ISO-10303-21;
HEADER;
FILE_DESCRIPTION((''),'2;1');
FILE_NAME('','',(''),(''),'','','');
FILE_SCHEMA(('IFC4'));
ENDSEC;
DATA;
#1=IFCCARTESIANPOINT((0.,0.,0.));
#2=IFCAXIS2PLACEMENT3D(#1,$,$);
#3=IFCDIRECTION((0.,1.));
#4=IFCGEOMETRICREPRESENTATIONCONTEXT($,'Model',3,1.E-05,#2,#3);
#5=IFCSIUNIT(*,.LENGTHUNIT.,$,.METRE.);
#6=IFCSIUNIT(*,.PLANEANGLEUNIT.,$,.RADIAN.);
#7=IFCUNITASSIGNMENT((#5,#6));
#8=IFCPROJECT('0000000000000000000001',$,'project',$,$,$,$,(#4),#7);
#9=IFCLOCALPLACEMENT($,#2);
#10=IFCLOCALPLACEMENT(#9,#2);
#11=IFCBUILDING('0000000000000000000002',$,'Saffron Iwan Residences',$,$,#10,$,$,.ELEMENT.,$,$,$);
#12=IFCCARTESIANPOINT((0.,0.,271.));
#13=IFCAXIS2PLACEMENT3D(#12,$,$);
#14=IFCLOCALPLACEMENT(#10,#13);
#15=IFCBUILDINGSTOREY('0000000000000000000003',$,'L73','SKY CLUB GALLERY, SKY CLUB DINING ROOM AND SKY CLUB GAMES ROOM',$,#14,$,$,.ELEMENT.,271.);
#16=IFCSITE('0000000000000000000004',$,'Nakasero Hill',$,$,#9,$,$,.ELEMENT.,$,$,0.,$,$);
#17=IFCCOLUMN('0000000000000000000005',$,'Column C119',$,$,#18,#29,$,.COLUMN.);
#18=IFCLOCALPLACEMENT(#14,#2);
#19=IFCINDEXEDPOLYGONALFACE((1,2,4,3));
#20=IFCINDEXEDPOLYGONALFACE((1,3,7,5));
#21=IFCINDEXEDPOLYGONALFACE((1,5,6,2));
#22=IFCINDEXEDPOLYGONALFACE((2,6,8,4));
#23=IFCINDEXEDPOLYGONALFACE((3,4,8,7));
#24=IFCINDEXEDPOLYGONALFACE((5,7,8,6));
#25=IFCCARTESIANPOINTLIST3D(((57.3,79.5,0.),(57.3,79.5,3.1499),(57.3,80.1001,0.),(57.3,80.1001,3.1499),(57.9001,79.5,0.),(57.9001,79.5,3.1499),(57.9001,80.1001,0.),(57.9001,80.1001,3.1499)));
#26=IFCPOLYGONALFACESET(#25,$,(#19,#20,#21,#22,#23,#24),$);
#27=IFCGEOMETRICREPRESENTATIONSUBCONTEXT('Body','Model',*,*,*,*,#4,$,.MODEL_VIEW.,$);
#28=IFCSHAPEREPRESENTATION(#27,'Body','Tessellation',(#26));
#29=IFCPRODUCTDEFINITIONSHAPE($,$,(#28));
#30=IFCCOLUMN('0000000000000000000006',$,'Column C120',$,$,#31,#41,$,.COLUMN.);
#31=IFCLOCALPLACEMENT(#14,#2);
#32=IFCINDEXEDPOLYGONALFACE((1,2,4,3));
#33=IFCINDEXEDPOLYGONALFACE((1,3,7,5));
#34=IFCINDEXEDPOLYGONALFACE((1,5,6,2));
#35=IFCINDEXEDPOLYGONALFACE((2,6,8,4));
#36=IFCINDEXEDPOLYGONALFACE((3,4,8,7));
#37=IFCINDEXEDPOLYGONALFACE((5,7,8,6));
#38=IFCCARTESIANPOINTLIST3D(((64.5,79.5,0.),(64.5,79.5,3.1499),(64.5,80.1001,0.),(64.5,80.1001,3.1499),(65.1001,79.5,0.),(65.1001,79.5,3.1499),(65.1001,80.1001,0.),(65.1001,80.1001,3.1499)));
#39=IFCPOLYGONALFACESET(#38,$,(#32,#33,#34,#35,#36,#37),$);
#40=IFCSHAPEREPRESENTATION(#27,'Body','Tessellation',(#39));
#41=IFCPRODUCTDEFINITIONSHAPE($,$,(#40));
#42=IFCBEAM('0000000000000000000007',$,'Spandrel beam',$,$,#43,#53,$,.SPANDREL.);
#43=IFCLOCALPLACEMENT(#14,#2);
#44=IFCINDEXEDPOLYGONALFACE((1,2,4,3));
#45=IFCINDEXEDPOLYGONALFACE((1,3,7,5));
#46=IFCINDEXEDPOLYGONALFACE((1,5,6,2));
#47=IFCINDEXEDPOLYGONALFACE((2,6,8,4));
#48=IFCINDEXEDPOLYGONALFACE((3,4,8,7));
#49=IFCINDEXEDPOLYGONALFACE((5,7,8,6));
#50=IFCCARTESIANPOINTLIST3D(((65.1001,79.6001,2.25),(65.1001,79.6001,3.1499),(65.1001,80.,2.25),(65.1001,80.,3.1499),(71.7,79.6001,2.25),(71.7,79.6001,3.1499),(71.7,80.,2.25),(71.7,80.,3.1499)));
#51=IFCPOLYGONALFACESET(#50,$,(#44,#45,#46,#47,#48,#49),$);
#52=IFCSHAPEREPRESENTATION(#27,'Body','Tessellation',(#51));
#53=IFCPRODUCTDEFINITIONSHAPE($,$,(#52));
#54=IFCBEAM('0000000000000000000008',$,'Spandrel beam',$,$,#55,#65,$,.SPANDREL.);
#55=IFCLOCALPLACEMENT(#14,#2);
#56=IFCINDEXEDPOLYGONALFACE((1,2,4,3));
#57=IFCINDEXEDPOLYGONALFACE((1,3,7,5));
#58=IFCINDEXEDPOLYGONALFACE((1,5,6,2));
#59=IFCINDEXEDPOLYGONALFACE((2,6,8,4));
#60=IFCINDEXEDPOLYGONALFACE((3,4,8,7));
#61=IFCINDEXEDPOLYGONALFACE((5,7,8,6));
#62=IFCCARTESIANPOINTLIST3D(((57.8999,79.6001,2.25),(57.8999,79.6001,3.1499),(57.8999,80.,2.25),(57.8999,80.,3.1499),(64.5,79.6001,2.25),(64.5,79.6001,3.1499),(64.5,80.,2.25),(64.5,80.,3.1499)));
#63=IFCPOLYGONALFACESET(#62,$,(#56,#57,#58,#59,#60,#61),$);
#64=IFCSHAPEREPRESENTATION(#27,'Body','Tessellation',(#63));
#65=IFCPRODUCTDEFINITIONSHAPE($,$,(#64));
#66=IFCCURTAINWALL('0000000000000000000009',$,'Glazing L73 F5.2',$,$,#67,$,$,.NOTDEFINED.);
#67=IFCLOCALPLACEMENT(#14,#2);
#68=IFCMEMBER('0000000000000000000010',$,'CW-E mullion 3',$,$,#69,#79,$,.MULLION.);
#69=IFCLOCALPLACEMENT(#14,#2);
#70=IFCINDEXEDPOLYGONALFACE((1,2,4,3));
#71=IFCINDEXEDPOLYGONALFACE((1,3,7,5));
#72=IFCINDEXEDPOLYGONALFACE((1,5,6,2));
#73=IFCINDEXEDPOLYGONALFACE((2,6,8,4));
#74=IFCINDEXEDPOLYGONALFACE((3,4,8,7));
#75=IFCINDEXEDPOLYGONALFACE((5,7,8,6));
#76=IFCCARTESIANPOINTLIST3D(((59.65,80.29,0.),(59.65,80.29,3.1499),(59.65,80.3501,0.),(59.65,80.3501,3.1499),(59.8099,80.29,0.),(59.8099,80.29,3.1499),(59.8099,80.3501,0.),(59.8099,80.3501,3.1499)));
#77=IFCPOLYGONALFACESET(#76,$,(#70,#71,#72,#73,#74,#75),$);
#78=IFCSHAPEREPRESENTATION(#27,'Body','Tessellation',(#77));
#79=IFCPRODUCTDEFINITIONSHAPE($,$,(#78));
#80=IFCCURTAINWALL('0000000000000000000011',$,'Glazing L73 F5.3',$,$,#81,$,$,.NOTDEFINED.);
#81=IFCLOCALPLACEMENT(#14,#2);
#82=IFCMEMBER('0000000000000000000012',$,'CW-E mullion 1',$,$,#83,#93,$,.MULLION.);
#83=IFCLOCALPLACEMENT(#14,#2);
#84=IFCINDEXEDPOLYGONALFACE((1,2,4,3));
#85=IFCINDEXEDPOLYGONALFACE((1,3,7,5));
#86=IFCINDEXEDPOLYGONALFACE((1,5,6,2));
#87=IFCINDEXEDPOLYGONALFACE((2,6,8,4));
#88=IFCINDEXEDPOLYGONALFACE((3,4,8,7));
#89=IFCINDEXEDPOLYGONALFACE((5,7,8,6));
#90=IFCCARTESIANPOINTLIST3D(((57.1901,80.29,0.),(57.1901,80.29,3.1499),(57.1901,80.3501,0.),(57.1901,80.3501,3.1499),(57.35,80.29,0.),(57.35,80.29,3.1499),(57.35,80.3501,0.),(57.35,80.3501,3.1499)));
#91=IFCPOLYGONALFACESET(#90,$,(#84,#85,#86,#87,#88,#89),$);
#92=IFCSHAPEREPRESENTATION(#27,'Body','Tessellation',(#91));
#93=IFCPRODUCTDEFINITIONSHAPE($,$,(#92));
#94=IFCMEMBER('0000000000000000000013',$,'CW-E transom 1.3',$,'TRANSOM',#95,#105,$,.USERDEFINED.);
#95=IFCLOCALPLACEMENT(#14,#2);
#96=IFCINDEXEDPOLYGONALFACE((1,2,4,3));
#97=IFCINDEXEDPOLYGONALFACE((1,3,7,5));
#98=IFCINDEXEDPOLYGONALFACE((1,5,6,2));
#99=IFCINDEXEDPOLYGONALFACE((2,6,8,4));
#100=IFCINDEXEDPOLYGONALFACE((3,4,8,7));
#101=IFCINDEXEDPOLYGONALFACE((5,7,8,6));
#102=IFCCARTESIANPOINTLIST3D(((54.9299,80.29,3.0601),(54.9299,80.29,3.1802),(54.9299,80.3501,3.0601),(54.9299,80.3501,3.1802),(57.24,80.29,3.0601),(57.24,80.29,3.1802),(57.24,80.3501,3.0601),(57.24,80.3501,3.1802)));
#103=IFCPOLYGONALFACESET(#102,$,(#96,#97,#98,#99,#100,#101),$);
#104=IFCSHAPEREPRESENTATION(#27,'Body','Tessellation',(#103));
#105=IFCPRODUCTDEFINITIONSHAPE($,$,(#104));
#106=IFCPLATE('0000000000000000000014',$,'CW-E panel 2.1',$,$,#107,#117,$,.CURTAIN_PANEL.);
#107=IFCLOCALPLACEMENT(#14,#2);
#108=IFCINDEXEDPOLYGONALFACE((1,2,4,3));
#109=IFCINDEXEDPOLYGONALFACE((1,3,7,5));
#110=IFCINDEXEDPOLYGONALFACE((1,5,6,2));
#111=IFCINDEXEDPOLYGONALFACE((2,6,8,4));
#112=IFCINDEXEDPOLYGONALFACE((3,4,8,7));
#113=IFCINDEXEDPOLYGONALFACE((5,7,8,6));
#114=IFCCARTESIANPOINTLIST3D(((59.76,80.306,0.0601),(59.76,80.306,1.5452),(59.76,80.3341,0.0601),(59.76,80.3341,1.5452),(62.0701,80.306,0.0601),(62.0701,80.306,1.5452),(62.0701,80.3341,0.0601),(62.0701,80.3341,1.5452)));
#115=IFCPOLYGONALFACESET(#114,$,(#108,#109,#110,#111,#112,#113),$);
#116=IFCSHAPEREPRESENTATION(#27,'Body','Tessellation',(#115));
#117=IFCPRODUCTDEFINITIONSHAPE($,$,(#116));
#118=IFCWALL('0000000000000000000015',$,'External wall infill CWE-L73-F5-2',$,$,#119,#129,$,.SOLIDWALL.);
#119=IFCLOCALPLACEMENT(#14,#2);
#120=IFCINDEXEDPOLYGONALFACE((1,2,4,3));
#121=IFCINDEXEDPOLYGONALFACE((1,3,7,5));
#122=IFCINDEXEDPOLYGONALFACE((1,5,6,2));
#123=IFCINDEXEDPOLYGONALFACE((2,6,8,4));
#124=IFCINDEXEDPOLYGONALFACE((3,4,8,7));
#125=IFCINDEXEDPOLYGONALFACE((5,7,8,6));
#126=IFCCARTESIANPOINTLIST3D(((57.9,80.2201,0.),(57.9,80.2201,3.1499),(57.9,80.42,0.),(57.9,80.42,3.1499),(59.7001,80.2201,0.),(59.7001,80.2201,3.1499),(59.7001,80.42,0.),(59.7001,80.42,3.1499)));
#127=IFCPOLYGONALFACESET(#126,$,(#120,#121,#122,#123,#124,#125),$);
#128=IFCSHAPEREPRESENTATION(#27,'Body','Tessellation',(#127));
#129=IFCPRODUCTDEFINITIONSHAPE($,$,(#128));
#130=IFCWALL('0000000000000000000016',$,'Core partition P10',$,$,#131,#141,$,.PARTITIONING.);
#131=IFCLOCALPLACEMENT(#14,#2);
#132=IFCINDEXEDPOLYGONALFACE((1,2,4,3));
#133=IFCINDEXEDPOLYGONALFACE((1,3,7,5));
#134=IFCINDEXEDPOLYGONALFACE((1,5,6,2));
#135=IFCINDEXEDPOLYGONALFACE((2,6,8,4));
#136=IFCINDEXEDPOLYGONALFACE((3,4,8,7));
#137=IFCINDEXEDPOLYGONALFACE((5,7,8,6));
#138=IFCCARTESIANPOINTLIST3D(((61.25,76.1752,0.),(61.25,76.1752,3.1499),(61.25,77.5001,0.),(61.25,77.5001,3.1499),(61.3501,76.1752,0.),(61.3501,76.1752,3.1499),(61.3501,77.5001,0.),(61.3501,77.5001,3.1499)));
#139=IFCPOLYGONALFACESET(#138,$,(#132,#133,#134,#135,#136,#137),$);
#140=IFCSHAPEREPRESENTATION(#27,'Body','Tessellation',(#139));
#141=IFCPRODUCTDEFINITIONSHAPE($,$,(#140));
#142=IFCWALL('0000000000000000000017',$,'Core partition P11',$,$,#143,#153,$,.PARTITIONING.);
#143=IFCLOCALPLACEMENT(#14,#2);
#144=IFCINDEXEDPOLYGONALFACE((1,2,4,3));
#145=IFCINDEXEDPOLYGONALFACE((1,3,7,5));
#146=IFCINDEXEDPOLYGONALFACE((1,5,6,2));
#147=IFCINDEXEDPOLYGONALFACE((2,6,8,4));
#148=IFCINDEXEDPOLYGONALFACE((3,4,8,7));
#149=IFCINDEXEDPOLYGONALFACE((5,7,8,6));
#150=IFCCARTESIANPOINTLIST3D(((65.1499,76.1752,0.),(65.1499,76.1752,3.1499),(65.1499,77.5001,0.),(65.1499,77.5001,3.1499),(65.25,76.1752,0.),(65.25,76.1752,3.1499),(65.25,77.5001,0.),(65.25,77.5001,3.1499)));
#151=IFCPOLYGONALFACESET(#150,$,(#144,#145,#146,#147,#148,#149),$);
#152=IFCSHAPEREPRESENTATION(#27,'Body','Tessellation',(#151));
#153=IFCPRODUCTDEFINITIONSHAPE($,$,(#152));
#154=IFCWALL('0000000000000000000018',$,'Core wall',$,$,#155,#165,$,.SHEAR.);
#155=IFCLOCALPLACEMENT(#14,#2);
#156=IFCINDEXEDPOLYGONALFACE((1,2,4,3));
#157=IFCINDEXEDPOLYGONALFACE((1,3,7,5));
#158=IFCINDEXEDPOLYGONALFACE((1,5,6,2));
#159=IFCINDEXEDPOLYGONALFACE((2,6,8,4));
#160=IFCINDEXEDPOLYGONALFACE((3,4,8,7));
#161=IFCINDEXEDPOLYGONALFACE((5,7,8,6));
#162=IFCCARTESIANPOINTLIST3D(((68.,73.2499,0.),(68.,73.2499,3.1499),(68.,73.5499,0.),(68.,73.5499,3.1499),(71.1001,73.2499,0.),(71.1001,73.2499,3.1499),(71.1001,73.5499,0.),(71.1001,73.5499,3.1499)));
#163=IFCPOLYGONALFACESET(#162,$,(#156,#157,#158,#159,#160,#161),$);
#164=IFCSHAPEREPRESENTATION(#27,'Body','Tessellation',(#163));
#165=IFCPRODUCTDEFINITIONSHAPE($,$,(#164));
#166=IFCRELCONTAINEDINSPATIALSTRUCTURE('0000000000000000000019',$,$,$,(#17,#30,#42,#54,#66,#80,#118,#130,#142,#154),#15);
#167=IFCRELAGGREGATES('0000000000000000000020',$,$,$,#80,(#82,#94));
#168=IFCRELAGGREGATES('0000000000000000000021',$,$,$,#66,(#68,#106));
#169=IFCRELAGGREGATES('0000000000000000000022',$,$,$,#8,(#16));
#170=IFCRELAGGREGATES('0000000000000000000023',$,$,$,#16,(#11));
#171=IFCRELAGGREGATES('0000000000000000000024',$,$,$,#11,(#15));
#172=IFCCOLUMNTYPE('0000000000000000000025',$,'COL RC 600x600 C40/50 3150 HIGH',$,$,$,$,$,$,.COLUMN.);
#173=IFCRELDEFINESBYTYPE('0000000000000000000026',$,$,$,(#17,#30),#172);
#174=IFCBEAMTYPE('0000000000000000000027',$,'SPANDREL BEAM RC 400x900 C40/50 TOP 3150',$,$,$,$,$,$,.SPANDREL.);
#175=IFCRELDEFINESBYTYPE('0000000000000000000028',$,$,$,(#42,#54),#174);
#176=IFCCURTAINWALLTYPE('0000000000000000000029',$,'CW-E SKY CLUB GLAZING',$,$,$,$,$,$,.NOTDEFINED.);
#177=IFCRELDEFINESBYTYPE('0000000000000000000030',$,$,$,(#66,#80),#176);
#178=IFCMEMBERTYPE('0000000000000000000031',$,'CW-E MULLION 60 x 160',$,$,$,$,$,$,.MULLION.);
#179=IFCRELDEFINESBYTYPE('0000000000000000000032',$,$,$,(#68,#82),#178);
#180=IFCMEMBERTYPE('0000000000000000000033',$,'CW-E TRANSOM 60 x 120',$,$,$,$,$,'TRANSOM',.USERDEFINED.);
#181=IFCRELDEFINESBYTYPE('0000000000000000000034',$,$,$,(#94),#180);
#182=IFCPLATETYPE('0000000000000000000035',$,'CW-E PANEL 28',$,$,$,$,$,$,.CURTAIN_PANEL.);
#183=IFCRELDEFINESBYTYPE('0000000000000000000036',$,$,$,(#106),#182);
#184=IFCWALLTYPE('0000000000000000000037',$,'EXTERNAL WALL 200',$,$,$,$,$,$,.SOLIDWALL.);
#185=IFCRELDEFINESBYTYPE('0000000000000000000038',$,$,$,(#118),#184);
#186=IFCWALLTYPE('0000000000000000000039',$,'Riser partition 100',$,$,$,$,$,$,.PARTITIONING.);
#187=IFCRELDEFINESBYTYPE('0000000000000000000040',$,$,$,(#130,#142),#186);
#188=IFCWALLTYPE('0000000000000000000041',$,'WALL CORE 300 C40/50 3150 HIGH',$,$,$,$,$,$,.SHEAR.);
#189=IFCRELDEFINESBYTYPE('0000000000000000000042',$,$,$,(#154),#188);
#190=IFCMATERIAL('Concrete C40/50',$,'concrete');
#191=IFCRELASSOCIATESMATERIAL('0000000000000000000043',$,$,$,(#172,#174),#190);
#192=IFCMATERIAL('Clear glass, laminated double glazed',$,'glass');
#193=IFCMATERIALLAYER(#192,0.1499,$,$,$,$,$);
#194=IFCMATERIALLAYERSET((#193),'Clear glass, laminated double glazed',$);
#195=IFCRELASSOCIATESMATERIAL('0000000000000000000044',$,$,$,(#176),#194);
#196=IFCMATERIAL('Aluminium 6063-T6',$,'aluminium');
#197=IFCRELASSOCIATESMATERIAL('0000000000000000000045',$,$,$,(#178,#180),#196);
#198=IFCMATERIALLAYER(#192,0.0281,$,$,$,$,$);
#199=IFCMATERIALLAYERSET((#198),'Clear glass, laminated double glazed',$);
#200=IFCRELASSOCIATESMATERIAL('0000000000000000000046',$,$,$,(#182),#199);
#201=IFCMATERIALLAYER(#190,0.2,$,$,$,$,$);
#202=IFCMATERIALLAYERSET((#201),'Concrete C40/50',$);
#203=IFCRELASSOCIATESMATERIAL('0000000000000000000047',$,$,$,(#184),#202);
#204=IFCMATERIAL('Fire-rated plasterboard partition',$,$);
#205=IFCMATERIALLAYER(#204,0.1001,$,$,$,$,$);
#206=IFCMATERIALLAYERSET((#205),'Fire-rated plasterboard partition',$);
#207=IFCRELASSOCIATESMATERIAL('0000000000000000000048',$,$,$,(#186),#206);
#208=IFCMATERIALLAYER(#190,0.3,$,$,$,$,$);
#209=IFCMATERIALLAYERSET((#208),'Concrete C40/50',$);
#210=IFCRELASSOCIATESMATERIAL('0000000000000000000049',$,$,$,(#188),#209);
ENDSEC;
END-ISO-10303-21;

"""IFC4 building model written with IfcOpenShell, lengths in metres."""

from ifc_helpers import new_model, si_unit, direction, frame, frame_2d, origin, origin_2d, place, context, subcontext, project, spatial, rectangle, extrude, source, transform, mapped, material, layer, layer_set, material_profile, profile_set, type_object, element, aggregate, save


model = new_model("IFC4")

# Units and contexts
model_context = context("Model", 3, precision=1e-05, world=origin(), true_north=direction((0.0, 1.0)))
body_context = subcontext(model_context, "Body", "Model", "MODEL_VIEW")
ifc_project = project(units=[si_unit("LENGTHUNIT", "METRE"), si_unit("PLANEANGLEUNIT", "RADIAN")], contexts=[model_context])

# Site, building, storey
site_placement = place(None, origin())
site = spatial("IfcSite", under=ifc_project, at=site_placement, Name="Nakasero Hill", CompositionType="ELEMENT", RefElevation=0.0)
building_placement = place(site_placement, origin())
building = spatial("IfcBuilding", under=site, at=building_placement, Name="Saffron Iwan Residences", CompositionType="ELEMENT")
storey_placement = place(building_placement, frame((0.0, 0.0, 271.0)))
storey = spatial("IfcBuildingStorey", under=building, at=storey_placement, Name="L73", Description="SKY CLUB GALLERY, SKY CLUB DINING ROOM AND SKY CLUB GAMES ROOM", CompositionType="ELEMENT", Elevation=271.0)

# Columns
ifc_material_1 = material(Name="Concrete C40/50", Category="concrete")
ifc_material_profile_1 = material_profile(ifc_material_1, rectangle(XDim=0.6001, YDim=0.6001, at=origin_2d()), Name="RC 600x600")
ifc_profile_set_1 = profile_set([ifc_material_profile_1], Name="Concrete C40/50")
column_type = type_object("IfcColumnType", Name="COL RC 600x600 C40/50 3150 HIGH", PredefinedType="COLUMN", material=ifc_profile_set_1)
shared_shape_1 = source(origin(), body_context, "Body", "SweptSolid", [
    extrude(rectangle(XDim=0.6001, YDim=0.6001, at=origin_2d()), origin(), (0.0, 0.0, 1.0), 3.1499),
])
for number, where, z_axis, x_axis, name in (
    (1, (57.6001, 79.8, 0.0), (0.0, 0.0, 1.0), (1.0, 0.0, 0.0), "Column C119"),
    (2, (64.8, 79.8, 0.0), (0.0, 0.0, 1.0), (1.0, 0.0, 0.0), "Column C120"),
):
    element("IfcColumn", number, at=place(storey_placement, frame(where, z_axis=z_axis, x_axis=x_axis)), inside=storey, type_object=column_type, Name=name, PredefinedType="COLUMN", context=body_context, shape_type="MappedRepresentation", body=[
        mapped(shared_shape_1, transform((0.0, 0.0, 0.0))),
    ])

# Beams
ifc_material_profile_2 = material_profile(ifc_material_1, rectangle(XDim=0.3999, YDim=0.8999, at=origin_2d()), Name="RC 400x900")
ifc_profile_set_2 = profile_set([ifc_material_profile_2], Name="Concrete C40/50")
beam_type = type_object("IfcBeamType", Name="SPANDREL BEAM RC 400x900 C40/50 TOP 3150", PredefinedType="SPANDREL", material=ifc_profile_set_2)
shared_shape_2 = source(origin(), body_context, "Body", "SweptSolid", [
    extrude(rectangle(XDim=0.3999, YDim=0.8999, at=origin_2d()), origin(), (0.0, 0.0, 1.0), 6.5999),
])
beam_1_placement = place(storey_placement, frame((65.1001, 79.8, 2.7), z_axis=(1.0, 0.0, 0.0), x_axis=(0.0, 1.0, 0.0)))
element("IfcBeam", 3, at=beam_1_placement, inside=storey, type_object=beam_type, Name="Spandrel beam", PredefinedType="SPANDREL", context=body_context, shape_type="MappedRepresentation", body=[
    mapped(shared_shape_2, transform((0.0, 0.0, 0.0))),
])
shared_shape_3 = source(origin(), body_context, "Body", "SweptSolid", [
    extrude(rectangle(XDim=0.3999, YDim=0.8999, at=origin_2d()), origin(), (0.0, 0.0, 1.0), 6.6001),
])
beam_2_placement = place(storey_placement, frame((57.8999, 79.8, 2.7), z_axis=(1.0, 0.0, 0.0), x_axis=(0.0, 1.0, 0.0)))
element("IfcBeam", 4, at=beam_2_placement, inside=storey, type_object=beam_type, Name="Spandrel beam", PredefinedType="SPANDREL", context=body_context, shape_type="MappedRepresentation", body=[
    mapped(shared_shape_3, transform((0.0, 0.0, 0.0))),
])

# Curtain wall, member
ifc_material_2 = material(Name="Clear glass, laminated double glazed", Category="glass")
ifc_layer_1 = layer(ifc_material_2, 0.1499)
ifc_layer_set_1 = layer_set([ifc_layer_1], Name="Clear glass, laminated double glazed")
curtain_wall_type = type_object("IfcCurtainWallType", Name="CW-E SKY CLUB GLAZING", PredefinedType="NOTDEFINED", material=ifc_layer_set_1)
curtain_wall_1_placement = place(storey_placement, origin())
curtain_wall_1 = element("IfcCurtainWall", 5, at=curtain_wall_1_placement, inside=storey, type_object=curtain_wall_type, Name="Glazing L73 F5.2", PredefinedType="NOTDEFINED")
ifc_material_3 = material(Name="Aluminium 6063-T6", Category="aluminium")
ifc_material_profile_3 = material_profile(ifc_material_3, rectangle(XDim=0.0601, YDim=0.1599, at=origin_2d()), Name="CW-E MULLION 60 x 160")
ifc_profile_set_3 = profile_set([ifc_material_profile_3], Name="Aluminium 6063-T6")
member_type_1 = type_object("IfcMemberType", Name="CW-E MULLION 60 x 160", PredefinedType="MULLION", material=ifc_profile_set_3)
shared_shape_4 = source(origin(), body_context, "Body", "SweptSolid", [
    extrude(rectangle(XDim=0.0601, YDim=0.1599, at=origin_2d()), origin(), (0.0, 0.0, 1.0), 3.1499),
])
member_1_placement = place(storey_placement, frame((59.73, 80.3201, 0.0), z_axis=(0.0, 0.0, 1.0), x_axis=(0.0, -1.0, 0.0)))
member_1 = element("IfcMember", 6, at=member_1_placement, type_object=member_type_1, Name="CW-E mullion 3", PredefinedType="MULLION", context=body_context, shape_type="MappedRepresentation", body=[
    mapped(shared_shape_4, transform((0.0, 0.0, 0.0))),
])

# Curtain wall, members
curtain_wall_2_placement = place(storey_placement, origin())
curtain_wall_2 = element("IfcCurtainWall", 7, at=curtain_wall_2_placement, inside=storey, type_object=curtain_wall_type, Name="Glazing L73 F5.3", PredefinedType="NOTDEFINED")
member_2_placement = place(storey_placement, frame((57.27, 80.3201, 0.0), z_axis=(0.0, 0.0, 1.0), x_axis=(0.0, -1.0, 0.0)))
member_2 = element("IfcMember", 8, at=member_2_placement, type_object=member_type_1, Name="CW-E mullion 1", PredefinedType="MULLION", context=body_context, shape_type="MappedRepresentation", body=[
    mapped(shared_shape_4, transform((0.0, 0.0, 0.0))),
])
ifc_material_profile_4 = material_profile(ifc_material_3, rectangle(XDim=0.0601, YDim=0.1201, at=origin_2d()), Name="CW-E TRANSOM 60 x 120")
ifc_profile_set_4 = profile_set([ifc_material_profile_4], Name="Aluminium 6063-T6")
member_type_2 = type_object("IfcMemberType", Name="CW-E TRANSOM 60 x 120", ElementType="TRANSOM", PredefinedType="USERDEFINED", material=ifc_profile_set_4)
shared_shape_5 = source(origin(), body_context, "Body", "SweptSolid", [
    extrude(rectangle(XDim=0.0601, YDim=0.1201, at=origin_2d()), origin(), (0.0, 0.0, 1.0), 2.3101),
])
member_3_placement = place(storey_placement, frame((57.24, 80.3201, 3.1201), z_axis=(-1.0, 0.0, 0.0), x_axis=(0.0, -1.0, 0.0)))
member_3 = element("IfcMember", 9, at=member_3_placement, type_object=member_type_2, Name="CW-E transom 1.3", ObjectType="TRANSOM", PredefinedType="USERDEFINED", context=body_context, shape_type="MappedRepresentation", body=[
    mapped(shared_shape_5, transform((0.0, 0.0, 0.0))),
])
aggregate(curtain_wall_2, [member_2, member_3])

# Plate
ifc_layer_2 = layer(ifc_material_2, 0.0281)
ifc_layer_set_2 = layer_set([ifc_layer_2], Name="Clear glass, laminated double glazed")
plate_type = type_object("IfcPlateType", Name="CW-E PANEL 28", PredefinedType="CURTAIN_PANEL", material=ifc_layer_set_2)
shared_shape_6 = source(origin(), body_context, "Body", "SweptSolid", [
    extrude(rectangle(XDim=2.3101, YDim=0.0281, at=origin_2d()), origin(), (0.0, 0.0, 1.0), 1.4851),
])
plate_placement = place(storey_placement, frame((60.915, 80.3201, 0.0601), z_axis=(0.0, 0.0, 1.0), x_axis=(-1.0, 0.0, 0.0)))
plate = element("IfcPlate", 10, at=plate_placement, type_object=plate_type, Name="CW-E panel 2.1", PredefinedType="CURTAIN_PANEL", context=body_context, shape_type="MappedRepresentation", body=[
    mapped(shared_shape_6, transform((0.0, 0.0, 0.0))),
])
aggregate(curtain_wall_1, [member_1, plate])

# Walls
ifc_layer_3 = layer(ifc_material_1, 0.2)
ifc_layer_set_3 = layer_set([ifc_layer_3], Name="Concrete C40/50")
wall_type_1 = type_object("IfcWallType", Name="EXTERNAL WALL 200", PredefinedType="SOLIDWALL", material=ifc_layer_set_3)
wall_1_placement = place(storey_placement, frame((59.7, 80.3201, 0.0), z_axis=(0.0, 0.0, 1.0), x_axis=(-1.0, 0.0, 0.0)))
element("IfcWall", 11, at=wall_1_placement, inside=storey, type_object=wall_type_1, Name="External wall infill CWE-L73-F5-2", PredefinedType="SOLIDWALL", context=body_context, shape_type="SweptSolid", body=[
    extrude(rectangle(XDim=1.8, YDim=0.2, at=frame_2d((0.8999, 0.0))), origin(), (0.0, 0.0, 1.0), 3.1499),
])
ifc_material_4 = material(Name="Fire-rated plasterboard partition")
ifc_layer_4 = layer(ifc_material_4, 0.1001)
ifc_layer_set_4 = layer_set([ifc_layer_4], Name="Fire-rated plasterboard partition")
wall_type_2 = type_object("IfcWallType", Name="Riser partition 100", PredefinedType="PARTITIONING", material=ifc_layer_set_4)
for number, where, z_axis, x_axis, name in (
    (12, (61.3, 76.175, 0.0), (0.0, 0.0, 1.0), (0.0, 1.0, 0.0), "Core partition P10"),
    (13, (65.2, 76.175, 0.0), (0.0, 0.0, 1.0), (0.0, 1.0, 0.0), "Core partition P11"),
):
    element("IfcWall", number, at=place(storey_placement, frame(where, z_axis=z_axis, x_axis=x_axis)), inside=storey, type_object=wall_type_2, Name=name, PredefinedType="PARTITIONING", context=body_context, shape_type="SweptSolid", body=[
        extrude(rectangle(XDim=1.325, YDim=0.1001, at=frame_2d((0.6626, 0.0))), origin(), (0.0, 0.0, 1.0), 3.1499),
    ])
ifc_layer_5 = layer(ifc_material_1, 0.3)
ifc_layer_set_5 = layer_set([ifc_layer_5], Name="Concrete C40/50")
wall_type_3 = type_object("IfcWallType", Name="WALL CORE 300 C40/50 3150 HIGH", PredefinedType="SHEAR", material=ifc_layer_set_5)
wall_2_placement = place(storey_placement, frame((68.0, 73.3999, 0.0), z_axis=(0.0, 0.0, 1.0), x_axis=(1.0, 0.0, 0.0)))
element("IfcWall", 14, at=wall_2_placement, inside=storey, type_object=wall_type_3, Name="Core wall", PredefinedType="SHEAR", context=body_context, shape_type="SweptSolid", body=[
    extrude(rectangle(XDim=3.1001, YDim=0.3, at=frame_2d((1.55, 0.0))), origin(), (0.0, 0.0, 1.0), 3.1499),
])

save(model, "model.ifc")
